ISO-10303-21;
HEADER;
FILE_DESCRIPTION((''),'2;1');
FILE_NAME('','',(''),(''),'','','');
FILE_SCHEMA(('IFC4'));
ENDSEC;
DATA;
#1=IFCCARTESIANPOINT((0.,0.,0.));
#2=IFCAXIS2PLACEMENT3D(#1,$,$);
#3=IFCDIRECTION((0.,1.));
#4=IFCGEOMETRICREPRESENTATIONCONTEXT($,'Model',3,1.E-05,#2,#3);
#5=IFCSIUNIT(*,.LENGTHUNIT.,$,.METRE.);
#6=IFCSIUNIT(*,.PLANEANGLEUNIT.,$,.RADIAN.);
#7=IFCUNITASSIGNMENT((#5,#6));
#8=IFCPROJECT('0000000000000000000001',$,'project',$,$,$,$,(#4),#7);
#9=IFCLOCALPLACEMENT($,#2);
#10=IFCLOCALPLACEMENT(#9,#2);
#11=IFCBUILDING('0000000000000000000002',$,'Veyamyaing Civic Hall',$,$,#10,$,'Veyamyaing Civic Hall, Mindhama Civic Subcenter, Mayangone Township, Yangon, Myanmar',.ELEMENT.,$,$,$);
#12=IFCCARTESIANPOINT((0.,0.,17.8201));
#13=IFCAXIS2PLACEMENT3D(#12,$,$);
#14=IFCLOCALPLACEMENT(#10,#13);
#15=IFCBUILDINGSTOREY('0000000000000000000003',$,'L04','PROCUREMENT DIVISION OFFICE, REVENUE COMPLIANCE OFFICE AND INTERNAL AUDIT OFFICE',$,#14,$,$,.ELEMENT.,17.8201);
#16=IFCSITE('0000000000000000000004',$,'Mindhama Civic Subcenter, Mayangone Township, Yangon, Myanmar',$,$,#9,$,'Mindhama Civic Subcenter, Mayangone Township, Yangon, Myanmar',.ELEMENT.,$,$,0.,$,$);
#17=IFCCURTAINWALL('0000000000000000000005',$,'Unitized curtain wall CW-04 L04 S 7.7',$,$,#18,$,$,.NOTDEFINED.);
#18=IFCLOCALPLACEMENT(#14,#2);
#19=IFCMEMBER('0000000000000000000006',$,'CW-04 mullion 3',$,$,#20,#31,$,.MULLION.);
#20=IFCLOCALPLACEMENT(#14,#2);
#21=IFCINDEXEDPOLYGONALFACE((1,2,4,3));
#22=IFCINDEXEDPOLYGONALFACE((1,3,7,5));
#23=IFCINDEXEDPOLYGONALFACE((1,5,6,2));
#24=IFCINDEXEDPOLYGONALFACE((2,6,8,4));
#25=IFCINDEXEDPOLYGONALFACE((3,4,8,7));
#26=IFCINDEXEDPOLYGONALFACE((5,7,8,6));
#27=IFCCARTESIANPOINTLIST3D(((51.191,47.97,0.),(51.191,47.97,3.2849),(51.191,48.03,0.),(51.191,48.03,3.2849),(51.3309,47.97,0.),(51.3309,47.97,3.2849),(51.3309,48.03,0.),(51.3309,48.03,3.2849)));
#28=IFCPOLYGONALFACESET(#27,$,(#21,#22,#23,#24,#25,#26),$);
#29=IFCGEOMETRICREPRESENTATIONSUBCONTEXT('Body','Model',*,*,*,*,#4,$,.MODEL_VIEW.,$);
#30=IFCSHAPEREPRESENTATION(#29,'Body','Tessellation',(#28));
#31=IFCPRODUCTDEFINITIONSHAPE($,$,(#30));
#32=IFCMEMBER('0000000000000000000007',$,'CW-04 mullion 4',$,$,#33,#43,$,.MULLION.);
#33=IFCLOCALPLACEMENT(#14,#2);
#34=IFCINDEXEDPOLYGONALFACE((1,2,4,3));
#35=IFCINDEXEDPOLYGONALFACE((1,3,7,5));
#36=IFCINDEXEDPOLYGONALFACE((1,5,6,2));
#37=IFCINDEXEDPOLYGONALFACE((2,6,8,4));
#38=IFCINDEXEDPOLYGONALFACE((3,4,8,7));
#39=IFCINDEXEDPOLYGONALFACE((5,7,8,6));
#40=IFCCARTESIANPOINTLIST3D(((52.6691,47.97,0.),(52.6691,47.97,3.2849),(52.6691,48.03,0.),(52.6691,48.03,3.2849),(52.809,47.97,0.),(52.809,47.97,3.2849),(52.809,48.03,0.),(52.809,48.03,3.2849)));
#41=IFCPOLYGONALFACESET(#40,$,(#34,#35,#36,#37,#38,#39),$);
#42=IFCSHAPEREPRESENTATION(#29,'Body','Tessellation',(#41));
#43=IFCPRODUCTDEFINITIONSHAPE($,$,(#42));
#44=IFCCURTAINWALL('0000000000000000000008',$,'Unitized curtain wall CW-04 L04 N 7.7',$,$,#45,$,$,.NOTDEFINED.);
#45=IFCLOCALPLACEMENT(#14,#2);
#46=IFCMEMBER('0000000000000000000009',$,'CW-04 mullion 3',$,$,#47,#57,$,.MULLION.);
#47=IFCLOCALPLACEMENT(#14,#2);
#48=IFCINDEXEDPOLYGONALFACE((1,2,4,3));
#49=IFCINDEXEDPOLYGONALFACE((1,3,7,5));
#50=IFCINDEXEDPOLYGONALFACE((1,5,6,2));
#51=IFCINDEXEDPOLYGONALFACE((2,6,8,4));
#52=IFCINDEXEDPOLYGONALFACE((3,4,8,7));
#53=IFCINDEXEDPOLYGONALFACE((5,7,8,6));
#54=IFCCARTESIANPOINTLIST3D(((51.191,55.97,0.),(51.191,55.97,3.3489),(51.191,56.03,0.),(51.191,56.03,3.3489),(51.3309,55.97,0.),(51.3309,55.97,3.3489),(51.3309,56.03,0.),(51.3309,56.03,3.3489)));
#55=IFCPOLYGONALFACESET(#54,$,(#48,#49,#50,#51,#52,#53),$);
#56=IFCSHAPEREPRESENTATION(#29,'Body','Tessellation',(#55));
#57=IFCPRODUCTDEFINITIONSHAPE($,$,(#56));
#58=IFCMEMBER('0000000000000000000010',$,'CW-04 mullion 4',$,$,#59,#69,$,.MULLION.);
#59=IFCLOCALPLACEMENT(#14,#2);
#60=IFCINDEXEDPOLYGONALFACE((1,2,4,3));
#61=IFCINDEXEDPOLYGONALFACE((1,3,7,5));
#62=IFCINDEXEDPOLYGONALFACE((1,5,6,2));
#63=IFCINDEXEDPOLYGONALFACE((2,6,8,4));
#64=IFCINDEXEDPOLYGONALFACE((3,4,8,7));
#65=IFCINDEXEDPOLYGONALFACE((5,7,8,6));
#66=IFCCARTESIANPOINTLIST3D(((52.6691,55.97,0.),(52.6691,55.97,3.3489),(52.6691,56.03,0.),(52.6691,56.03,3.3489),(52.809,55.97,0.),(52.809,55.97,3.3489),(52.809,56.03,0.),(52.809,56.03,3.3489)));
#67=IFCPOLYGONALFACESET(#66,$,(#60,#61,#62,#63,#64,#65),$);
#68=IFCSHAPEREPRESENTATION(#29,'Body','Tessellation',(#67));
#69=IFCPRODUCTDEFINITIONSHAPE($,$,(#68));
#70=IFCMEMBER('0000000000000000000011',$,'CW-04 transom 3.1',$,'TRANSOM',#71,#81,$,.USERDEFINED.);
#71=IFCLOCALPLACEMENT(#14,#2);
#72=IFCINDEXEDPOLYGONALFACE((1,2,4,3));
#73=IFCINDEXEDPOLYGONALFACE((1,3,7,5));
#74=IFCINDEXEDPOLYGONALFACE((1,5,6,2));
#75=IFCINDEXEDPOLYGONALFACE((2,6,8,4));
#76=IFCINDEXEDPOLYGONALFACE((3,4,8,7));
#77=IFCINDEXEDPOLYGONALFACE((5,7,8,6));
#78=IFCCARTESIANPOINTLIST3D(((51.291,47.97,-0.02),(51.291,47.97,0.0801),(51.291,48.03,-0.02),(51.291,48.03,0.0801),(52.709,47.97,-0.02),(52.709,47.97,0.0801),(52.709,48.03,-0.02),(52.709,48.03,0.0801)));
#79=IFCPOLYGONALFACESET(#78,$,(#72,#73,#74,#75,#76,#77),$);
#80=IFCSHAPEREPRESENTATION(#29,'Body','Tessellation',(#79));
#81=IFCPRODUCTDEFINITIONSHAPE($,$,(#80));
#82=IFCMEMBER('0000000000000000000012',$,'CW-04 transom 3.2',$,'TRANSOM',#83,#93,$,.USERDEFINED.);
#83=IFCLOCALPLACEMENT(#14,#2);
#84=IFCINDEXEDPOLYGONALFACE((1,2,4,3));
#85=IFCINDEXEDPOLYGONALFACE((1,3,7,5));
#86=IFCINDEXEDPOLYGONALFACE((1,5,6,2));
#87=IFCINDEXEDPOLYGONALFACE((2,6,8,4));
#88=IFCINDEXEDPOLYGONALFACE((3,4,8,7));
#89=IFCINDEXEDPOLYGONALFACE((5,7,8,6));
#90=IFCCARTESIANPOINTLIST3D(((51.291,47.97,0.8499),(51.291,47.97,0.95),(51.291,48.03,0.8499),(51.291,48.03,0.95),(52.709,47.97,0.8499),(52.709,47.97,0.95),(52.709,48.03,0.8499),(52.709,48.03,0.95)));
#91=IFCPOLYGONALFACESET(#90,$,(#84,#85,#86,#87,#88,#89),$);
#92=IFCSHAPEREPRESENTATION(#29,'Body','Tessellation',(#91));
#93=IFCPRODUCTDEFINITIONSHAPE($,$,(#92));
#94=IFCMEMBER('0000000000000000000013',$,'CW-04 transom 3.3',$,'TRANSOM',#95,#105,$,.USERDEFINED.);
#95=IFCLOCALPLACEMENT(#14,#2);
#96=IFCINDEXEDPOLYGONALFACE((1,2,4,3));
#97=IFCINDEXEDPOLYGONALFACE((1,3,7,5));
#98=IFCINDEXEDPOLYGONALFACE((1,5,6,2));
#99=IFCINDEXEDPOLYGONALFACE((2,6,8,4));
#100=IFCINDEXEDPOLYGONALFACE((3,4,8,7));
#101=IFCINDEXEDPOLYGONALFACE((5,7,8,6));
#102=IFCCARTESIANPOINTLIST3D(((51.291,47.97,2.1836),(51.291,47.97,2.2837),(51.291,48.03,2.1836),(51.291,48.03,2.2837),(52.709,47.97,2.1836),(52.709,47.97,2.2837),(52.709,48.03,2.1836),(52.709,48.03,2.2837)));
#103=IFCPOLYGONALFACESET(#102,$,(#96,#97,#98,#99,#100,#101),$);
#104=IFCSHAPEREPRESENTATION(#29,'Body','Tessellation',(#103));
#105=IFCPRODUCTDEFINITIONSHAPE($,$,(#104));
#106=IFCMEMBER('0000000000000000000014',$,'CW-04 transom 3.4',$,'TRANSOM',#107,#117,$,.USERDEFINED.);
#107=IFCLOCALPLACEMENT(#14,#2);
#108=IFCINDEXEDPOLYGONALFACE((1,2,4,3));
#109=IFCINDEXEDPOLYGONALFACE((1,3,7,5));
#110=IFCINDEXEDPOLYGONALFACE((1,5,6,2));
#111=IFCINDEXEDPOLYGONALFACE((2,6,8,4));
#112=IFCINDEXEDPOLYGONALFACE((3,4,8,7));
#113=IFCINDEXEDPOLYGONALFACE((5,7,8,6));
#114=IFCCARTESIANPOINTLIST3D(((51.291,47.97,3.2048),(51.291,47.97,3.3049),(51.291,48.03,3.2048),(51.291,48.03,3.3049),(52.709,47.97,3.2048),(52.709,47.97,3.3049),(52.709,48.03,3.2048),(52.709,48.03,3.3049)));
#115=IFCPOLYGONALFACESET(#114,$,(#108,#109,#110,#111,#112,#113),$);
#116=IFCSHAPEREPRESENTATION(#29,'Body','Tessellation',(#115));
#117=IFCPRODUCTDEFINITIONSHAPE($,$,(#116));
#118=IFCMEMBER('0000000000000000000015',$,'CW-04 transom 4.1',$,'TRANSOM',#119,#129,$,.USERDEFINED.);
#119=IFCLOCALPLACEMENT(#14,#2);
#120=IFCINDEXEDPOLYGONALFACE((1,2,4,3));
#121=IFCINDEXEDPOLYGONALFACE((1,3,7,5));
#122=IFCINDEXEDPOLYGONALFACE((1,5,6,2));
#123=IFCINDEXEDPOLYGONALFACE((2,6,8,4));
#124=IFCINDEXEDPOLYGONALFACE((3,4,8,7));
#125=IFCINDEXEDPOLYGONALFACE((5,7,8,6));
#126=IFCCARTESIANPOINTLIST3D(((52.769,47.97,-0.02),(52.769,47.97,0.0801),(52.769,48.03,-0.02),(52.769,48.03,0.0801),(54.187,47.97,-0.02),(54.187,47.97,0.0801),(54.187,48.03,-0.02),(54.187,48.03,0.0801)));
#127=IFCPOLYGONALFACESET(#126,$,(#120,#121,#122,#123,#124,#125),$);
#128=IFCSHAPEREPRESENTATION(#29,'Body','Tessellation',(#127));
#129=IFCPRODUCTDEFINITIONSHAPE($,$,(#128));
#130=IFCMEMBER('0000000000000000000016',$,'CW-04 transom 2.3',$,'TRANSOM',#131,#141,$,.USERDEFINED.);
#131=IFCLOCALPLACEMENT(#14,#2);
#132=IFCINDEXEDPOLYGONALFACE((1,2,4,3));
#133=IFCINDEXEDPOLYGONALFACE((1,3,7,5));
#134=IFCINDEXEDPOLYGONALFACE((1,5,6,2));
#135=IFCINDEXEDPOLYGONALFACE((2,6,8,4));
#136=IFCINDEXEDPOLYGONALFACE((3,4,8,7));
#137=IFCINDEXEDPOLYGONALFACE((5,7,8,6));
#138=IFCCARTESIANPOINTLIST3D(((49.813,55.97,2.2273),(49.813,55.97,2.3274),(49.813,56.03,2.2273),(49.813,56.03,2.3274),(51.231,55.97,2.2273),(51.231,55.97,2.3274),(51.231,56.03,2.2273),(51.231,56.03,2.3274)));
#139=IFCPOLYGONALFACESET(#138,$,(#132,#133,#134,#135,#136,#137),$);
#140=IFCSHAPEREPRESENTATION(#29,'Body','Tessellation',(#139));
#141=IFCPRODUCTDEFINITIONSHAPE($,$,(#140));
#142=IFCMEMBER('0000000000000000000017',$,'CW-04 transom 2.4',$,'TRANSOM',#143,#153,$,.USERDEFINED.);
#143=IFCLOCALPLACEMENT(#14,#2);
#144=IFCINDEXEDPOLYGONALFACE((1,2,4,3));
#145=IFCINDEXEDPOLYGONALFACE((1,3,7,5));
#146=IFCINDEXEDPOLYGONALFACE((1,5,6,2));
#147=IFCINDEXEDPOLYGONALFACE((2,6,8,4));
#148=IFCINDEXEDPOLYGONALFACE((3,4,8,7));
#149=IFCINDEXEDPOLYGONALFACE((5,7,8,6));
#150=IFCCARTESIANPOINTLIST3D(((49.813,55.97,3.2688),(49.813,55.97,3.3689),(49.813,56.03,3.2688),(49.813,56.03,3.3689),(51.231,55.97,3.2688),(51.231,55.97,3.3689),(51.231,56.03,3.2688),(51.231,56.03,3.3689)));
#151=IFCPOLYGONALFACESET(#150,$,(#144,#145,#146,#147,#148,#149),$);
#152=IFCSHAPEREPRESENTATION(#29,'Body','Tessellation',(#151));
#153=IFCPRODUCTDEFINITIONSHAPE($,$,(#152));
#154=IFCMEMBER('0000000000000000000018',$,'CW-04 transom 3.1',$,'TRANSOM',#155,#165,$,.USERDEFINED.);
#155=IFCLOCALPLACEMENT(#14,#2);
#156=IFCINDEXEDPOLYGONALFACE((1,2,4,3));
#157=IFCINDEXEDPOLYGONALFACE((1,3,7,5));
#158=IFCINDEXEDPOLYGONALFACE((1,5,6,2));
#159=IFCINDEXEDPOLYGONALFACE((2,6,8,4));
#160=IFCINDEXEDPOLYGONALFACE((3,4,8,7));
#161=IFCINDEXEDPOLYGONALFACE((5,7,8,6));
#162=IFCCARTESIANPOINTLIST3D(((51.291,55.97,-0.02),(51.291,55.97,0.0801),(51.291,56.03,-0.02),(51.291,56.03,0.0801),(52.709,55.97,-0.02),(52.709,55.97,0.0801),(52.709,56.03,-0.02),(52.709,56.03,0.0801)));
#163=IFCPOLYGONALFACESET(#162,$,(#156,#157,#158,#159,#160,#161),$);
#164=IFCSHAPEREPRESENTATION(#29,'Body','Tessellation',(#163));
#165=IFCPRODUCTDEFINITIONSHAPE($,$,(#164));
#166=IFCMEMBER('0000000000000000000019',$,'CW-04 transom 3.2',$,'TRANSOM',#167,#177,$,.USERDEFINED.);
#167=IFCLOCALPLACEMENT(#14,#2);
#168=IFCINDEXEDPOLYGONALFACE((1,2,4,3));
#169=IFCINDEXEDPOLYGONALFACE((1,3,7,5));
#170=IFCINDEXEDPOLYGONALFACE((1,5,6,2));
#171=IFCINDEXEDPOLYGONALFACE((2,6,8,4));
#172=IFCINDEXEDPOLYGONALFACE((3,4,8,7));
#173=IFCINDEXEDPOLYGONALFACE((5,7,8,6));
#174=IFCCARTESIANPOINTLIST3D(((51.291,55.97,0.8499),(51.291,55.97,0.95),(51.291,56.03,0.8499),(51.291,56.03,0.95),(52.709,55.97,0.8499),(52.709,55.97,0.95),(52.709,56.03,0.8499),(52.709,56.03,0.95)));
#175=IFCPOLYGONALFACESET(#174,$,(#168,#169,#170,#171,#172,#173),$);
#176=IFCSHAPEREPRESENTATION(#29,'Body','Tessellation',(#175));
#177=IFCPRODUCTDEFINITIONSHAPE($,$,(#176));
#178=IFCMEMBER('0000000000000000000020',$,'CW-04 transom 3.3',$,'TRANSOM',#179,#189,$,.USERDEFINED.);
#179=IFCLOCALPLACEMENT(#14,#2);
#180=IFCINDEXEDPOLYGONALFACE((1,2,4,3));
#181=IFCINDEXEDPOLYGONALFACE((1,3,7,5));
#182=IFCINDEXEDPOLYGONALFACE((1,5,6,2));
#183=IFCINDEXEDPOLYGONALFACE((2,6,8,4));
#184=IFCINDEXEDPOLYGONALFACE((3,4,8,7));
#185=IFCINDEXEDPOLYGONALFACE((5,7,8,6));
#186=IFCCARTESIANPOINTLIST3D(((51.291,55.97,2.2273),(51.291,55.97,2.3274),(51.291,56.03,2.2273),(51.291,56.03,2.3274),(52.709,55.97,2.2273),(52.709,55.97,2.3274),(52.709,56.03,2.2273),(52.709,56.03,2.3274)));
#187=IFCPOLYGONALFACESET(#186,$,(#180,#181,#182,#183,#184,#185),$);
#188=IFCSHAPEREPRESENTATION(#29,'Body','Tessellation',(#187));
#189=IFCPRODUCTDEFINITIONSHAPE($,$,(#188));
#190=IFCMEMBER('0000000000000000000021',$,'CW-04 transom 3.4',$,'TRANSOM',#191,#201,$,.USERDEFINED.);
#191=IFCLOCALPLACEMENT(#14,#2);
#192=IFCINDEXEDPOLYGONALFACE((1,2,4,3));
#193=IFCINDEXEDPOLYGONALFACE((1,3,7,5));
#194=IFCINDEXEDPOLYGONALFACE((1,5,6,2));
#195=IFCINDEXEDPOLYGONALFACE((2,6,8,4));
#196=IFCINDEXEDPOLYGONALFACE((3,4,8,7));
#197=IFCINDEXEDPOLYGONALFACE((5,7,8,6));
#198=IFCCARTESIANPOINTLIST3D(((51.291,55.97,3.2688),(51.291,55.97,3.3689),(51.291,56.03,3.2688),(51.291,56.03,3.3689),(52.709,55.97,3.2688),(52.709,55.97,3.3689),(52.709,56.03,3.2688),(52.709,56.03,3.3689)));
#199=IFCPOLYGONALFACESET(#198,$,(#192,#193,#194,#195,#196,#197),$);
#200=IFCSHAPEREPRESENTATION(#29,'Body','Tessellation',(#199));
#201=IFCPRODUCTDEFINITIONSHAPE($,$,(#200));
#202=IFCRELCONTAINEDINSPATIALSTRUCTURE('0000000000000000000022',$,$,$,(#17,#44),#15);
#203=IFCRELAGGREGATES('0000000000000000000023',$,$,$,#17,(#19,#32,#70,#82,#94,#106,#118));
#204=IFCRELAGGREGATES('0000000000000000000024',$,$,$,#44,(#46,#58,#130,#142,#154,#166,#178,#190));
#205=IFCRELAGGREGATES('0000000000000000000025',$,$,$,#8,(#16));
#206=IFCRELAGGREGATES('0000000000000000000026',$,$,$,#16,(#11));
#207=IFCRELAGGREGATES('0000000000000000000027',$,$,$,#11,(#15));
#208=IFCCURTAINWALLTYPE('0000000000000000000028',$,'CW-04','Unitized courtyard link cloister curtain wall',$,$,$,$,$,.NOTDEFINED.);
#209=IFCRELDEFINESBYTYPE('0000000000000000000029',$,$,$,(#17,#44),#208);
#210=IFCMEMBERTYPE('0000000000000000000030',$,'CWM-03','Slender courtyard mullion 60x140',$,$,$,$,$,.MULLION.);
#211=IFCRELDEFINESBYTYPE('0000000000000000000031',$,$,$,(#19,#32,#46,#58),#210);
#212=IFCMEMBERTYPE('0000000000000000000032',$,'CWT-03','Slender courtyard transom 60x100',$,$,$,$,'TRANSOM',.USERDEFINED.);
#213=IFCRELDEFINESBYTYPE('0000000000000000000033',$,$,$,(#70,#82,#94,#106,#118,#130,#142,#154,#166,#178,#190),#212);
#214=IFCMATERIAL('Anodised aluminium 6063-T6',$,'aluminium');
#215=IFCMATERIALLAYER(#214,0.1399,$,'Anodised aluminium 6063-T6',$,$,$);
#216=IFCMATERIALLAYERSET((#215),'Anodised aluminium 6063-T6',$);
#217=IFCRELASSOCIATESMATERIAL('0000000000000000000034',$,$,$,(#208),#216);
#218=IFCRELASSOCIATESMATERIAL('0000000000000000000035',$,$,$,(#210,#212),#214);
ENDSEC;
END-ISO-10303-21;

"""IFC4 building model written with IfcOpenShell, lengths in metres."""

from ifc_helpers import new_model, si_unit, direction, frame, origin, origin_2d, place, context, subcontext, project, spatial, rectangle, extrude, material, layer, layer_set, material_profile, profile_set, type_object, element, aggregate, save


model = new_model("IFC4")

# Units and contexts
model_context = context("Model", 3, precision=1e-05, world=origin(), true_north=direction((0.0, 1.0)))
body_context = subcontext(model_context, "Body", "Model", "MODEL_VIEW")
ifc_project = project(units=[si_unit("LENGTHUNIT", "METRE"), si_unit("PLANEANGLEUNIT", "RADIAN")], contexts=[model_context])

# Site, building, storey
site_placement = place(None, origin())
site = spatial("IfcSite", under=ifc_project, at=site_placement, Name="Mindhama Civic Subcenter, Mayangone Township, Yangon, Myanmar", LongName="Mindhama Civic Subcenter, Mayangone Township, Yangon, Myanmar", CompositionType="ELEMENT", RefElevation=0.0)
building_placement = place(site_placement, origin())
building = spatial("IfcBuilding", under=site, at=building_placement, Name="Veyamyaing Civic Hall", LongName="Veyamyaing Civic Hall, Mindhama Civic Subcenter, Mayangone Township, Yangon, Myanmar", CompositionType="ELEMENT")
storey_placement = place(building_placement, frame((0.0, 0.0, 17.8201)))
storey = spatial("IfcBuildingStorey", under=building, at=storey_placement, Name="L04", Description="PROCUREMENT DIVISION OFFICE, REVENUE COMPLIANCE OFFICE AND INTERNAL AUDIT OFFICE", CompositionType="ELEMENT", Elevation=17.8201)

# Curtain walls, members
ifc_material_1 = material(Name="Anodised aluminium 6063-T6", Category="aluminium")
ifc_layer_1 = layer(ifc_material_1, 0.1399, Name="Anodised aluminium 6063-T6")
ifc_layer_set_1 = layer_set([ifc_layer_1], Name="Anodised aluminium 6063-T6")
curtain_wall_type = type_object("IfcCurtainWallType", Name="CW-04", Description="Unitized courtyard link cloister curtain wall", PredefinedType="NOTDEFINED", material=ifc_layer_set_1)
curtain_wall_1_placement = place(storey_placement, origin())
curtain_wall_1 = element("IfcCurtainWall", 1, at=curtain_wall_1_placement, inside=storey, type_object=curtain_wall_type, Name="Unitized curtain wall CW-04 L04 S 7.7", PredefinedType="NOTDEFINED")
ifc_material_profile_1 = material_profile(ifc_material_1, rectangle(XDim=0.0601, YDim=0.1399, at=origin_2d()), Name="ALU-MUL-60X140")
ifc_profile_set_1 = profile_set([ifc_material_profile_1], Name="Anodised aluminium 6063-T6")
member_type_1 = type_object("IfcMemberType", Name="CWM-03", Description="Slender courtyard mullion 60x140", PredefinedType="MULLION", material=ifc_profile_set_1)
member_1_placement = place(storey_placement, frame((51.261, 48.0, 0.0), z_axis=(0.0, 0.0, 1.0), x_axis=(0.0, 1.0, 0.0)))
member_1 = element("IfcMember", 2, at=member_1_placement, type_object=member_type_1, Name="CW-04 mullion 3", PredefinedType="MULLION", context=body_context, shape_type="SweptSolid", body=[
    extrude(rectangle(XDim=0.0601, YDim=0.1399, at=origin_2d()), origin(), (0.0, 0.0, 1.0), 3.2849),
])
member_2_placement = place(storey_placement, frame((52.739, 48.0, 0.0), z_axis=(0.0, 0.0, 1.0), x_axis=(0.0, 1.0, 0.0)))
member_2 = element("IfcMember", 3, at=member_2_placement, type_object=member_type_1, Name="CW-04 mullion 4", PredefinedType="MULLION", context=body_context, shape_type="SweptSolid", body=[
    extrude(rectangle(XDim=0.0601, YDim=0.1399, at=origin_2d()), origin(), (0.0, 0.0, 1.0), 3.2849),
])
curtain_wall_2_placement = place(storey_placement, origin())
curtain_wall_2 = element("IfcCurtainWall", 4, at=curtain_wall_2_placement, inside=storey, type_object=curtain_wall_type, Name="Unitized curtain wall CW-04 L04 N 7.7", PredefinedType="NOTDEFINED")
member_3_placement = place(storey_placement, frame((51.261, 56.0, 0.0), z_axis=(0.0, 0.0, 1.0), x_axis=(0.0, 1.0, 0.0)))
member_3 = element("IfcMember", 5, at=member_3_placement, type_object=member_type_1, Name="CW-04 mullion 3", PredefinedType="MULLION", context=body_context, shape_type="SweptSolid", body=[
    extrude(rectangle(XDim=0.0601, YDim=0.1399, at=origin_2d()), origin(), (0.0, 0.0, 1.0), 3.3489),
])
member_4_placement = place(storey_placement, frame((52.739, 56.0, 0.0), z_axis=(0.0, 0.0, 1.0), x_axis=(0.0, 1.0, 0.0)))
member_4 = element("IfcMember", 6, at=member_4_placement, type_object=member_type_1, Name="CW-04 mullion 4", PredefinedType="MULLION", context=body_context, shape_type="SweptSolid", body=[
    extrude(rectangle(XDim=0.0601, YDim=0.1399, at=origin_2d()), origin(), (0.0, 0.0, 1.0), 3.3489),
])

# Members
ifc_material_profile_2 = material_profile(ifc_material_1, rectangle(XDim=0.0601, YDim=0.1001, at=origin_2d()), Name="ALU-TRN-60X100")
ifc_profile_set_2 = profile_set([ifc_material_profile_2], Name="Anodised aluminium 6063-T6")
member_type_2 = type_object("IfcMemberType", Name="CWT-03", Description="Slender courtyard transom 60x100", ElementType="TRANSOM", PredefinedType="USERDEFINED", material=ifc_profile_set_2)
member_5_placement = place(storey_placement, frame((51.291, 48.0, 0.03), z_axis=(1.0, 0.0, 0.0), x_axis=(0.0, 1.0, 0.0)))
member_5 = element("IfcMember", 7, at=member_5_placement, type_object=member_type_2, Name="CW-04 transom 3.1", ObjectType="TRANSOM", PredefinedType="USERDEFINED", context=body_context, shape_type="SweptSolid", body=[
    extrude(rectangle(XDim=0.0601, YDim=0.1001, at=origin_2d()), origin(), (0.0, 0.0, 1.0), 1.418),
])
member_6_placement = place(storey_placement, frame((51.291, 48.0, 0.8999), z_axis=(1.0, 0.0, 0.0), x_axis=(0.0, 1.0, 0.0)))
member_6 = element("IfcMember", 8, at=member_6_placement, type_object=member_type_2, Name="CW-04 transom 3.2", ObjectType="TRANSOM", PredefinedType="USERDEFINED", context=body_context, shape_type="SweptSolid", body=[
    extrude(rectangle(XDim=0.0601, YDim=0.1001, at=origin_2d()), origin(), (0.0, 0.0, 1.0), 1.418),
])
member_7_placement = place(storey_placement, frame((51.291, 48.0, 2.2336), z_axis=(1.0, 0.0, 0.0), x_axis=(0.0, 1.0, 0.0)))
member_7 = element("IfcMember", 9, at=member_7_placement, type_object=member_type_2, Name="CW-04 transom 3.3", ObjectType="TRANSOM", PredefinedType="USERDEFINED", context=body_context, shape_type="SweptSolid", body=[
    extrude(rectangle(XDim=0.0601, YDim=0.1001, at=origin_2d()), origin(), (0.0, 0.0, 1.0), 1.418),
])
member_8_placement = place(storey_placement, frame((51.291, 48.0, 3.2549), z_axis=(1.0, 0.0, 0.0), x_axis=(0.0, 1.0, 0.0)))
member_8 = element("IfcMember", 10, at=member_8_placement, type_object=member_type_2, Name="CW-04 transom 3.4", ObjectType="TRANSOM", PredefinedType="USERDEFINED", context=body_context, shape_type="SweptSolid", body=[
    extrude(rectangle(XDim=0.0601, YDim=0.1001, at=origin_2d()), origin(), (0.0, 0.0, 1.0), 1.418),
])
member_9_placement = place(storey_placement, frame((52.769, 48.0, 0.03), z_axis=(1.0, 0.0, 0.0), x_axis=(0.0, 1.0, 0.0)))
member_9 = element("IfcMember", 11, at=member_9_placement, type_object=member_type_2, Name="CW-04 transom 4.1", ObjectType="TRANSOM", PredefinedType="USERDEFINED", context=body_context, shape_type="SweptSolid", body=[
    extrude(rectangle(XDim=0.0601, YDim=0.1001, at=origin_2d()), origin(), (0.0, 0.0, 1.0), 1.418),
])
member_10_placement = place(storey_placement, frame((49.813, 56.0, 2.2773), z_axis=(1.0, 0.0, 0.0), x_axis=(0.0, 1.0, 0.0)))
member_10 = element("IfcMember", 12, at=member_10_placement, type_object=member_type_2, Name="CW-04 transom 2.3", ObjectType="TRANSOM", PredefinedType="USERDEFINED", context=body_context, shape_type="SweptSolid", body=[
    extrude(rectangle(XDim=0.0601, YDim=0.1001, at=origin_2d()), origin(), (0.0, 0.0, 1.0), 1.418),
])
member_11_placement = place(storey_placement, frame((49.813, 56.0, 3.3188), z_axis=(1.0, 0.0, 0.0), x_axis=(0.0, 1.0, 0.0)))
member_11 = element("IfcMember", 13, at=member_11_placement, type_object=member_type_2, Name="CW-04 transom 2.4", ObjectType="TRANSOM", PredefinedType="USERDEFINED", context=body_context, shape_type="SweptSolid", body=[
    extrude(rectangle(XDim=0.0601, YDim=0.1001, at=origin_2d()), origin(), (0.0, 0.0, 1.0), 1.418),
])
member_12_placement = place(storey_placement, frame((51.291, 56.0, 0.03), z_axis=(1.0, 0.0, 0.0), x_axis=(0.0, 1.0, 0.0)))
member_12 = element("IfcMember", 14, at=member_12_placement, type_object=member_type_2, Name="CW-04 transom 3.1", ObjectType="TRANSOM", PredefinedType="USERDEFINED", context=body_context, shape_type="SweptSolid", body=[
    extrude(rectangle(XDim=0.0601, YDim=0.1001, at=origin_2d()), origin(), (0.0, 0.0, 1.0), 1.418),
])
member_13_placement = place(storey_placement, frame((51.291, 56.0, 0.8999), z_axis=(1.0, 0.0, 0.0), x_axis=(0.0, 1.0, 0.0)))
member_13 = element("IfcMember", 15, at=member_13_placement, type_object=member_type_2, Name="CW-04 transom 3.2", ObjectType="TRANSOM", PredefinedType="USERDEFINED", context=body_context, shape_type="SweptSolid", body=[
    extrude(rectangle(XDim=0.0601, YDim=0.1001, at=origin_2d()), origin(), (0.0, 0.0, 1.0), 1.418),
])
member_14_placement = place(storey_placement, frame((51.291, 56.0, 2.2773), z_axis=(1.0, 0.0, 0.0), x_axis=(0.0, 1.0, 0.0)))
member_14 = element("IfcMember", 16, at=member_14_placement, type_object=member_type_2, Name="CW-04 transom 3.3", ObjectType="TRANSOM", PredefinedType="USERDEFINED", context=body_context, shape_type="SweptSolid", body=[
    extrude(rectangle(XDim=0.0601, YDim=0.1001, at=origin_2d()), origin(), (0.0, 0.0, 1.0), 1.418),
])
member_15_placement = place(storey_placement, frame((51.291, 56.0, 3.3188), z_axis=(1.0, 0.0, 0.0), x_axis=(0.0, 1.0, 0.0)))
member_15 = element("IfcMember", 17, at=member_15_placement, type_object=member_type_2, Name="CW-04 transom 3.4", ObjectType="TRANSOM", PredefinedType="USERDEFINED", context=body_context, shape_type="SweptSolid", body=[
    extrude(rectangle(XDim=0.0601, YDim=0.1001, at=origin_2d()), origin(), (0.0, 0.0, 1.0), 1.418),
])

aggregate(curtain_wall_1, [member_1, member_2, member_5, member_6, member_7, member_8, member_9])
aggregate(curtain_wall_2, [member_3, member_4, member_10, member_11, member_12, member_13, member_14, member_15])

save(model, "model.ifc")
